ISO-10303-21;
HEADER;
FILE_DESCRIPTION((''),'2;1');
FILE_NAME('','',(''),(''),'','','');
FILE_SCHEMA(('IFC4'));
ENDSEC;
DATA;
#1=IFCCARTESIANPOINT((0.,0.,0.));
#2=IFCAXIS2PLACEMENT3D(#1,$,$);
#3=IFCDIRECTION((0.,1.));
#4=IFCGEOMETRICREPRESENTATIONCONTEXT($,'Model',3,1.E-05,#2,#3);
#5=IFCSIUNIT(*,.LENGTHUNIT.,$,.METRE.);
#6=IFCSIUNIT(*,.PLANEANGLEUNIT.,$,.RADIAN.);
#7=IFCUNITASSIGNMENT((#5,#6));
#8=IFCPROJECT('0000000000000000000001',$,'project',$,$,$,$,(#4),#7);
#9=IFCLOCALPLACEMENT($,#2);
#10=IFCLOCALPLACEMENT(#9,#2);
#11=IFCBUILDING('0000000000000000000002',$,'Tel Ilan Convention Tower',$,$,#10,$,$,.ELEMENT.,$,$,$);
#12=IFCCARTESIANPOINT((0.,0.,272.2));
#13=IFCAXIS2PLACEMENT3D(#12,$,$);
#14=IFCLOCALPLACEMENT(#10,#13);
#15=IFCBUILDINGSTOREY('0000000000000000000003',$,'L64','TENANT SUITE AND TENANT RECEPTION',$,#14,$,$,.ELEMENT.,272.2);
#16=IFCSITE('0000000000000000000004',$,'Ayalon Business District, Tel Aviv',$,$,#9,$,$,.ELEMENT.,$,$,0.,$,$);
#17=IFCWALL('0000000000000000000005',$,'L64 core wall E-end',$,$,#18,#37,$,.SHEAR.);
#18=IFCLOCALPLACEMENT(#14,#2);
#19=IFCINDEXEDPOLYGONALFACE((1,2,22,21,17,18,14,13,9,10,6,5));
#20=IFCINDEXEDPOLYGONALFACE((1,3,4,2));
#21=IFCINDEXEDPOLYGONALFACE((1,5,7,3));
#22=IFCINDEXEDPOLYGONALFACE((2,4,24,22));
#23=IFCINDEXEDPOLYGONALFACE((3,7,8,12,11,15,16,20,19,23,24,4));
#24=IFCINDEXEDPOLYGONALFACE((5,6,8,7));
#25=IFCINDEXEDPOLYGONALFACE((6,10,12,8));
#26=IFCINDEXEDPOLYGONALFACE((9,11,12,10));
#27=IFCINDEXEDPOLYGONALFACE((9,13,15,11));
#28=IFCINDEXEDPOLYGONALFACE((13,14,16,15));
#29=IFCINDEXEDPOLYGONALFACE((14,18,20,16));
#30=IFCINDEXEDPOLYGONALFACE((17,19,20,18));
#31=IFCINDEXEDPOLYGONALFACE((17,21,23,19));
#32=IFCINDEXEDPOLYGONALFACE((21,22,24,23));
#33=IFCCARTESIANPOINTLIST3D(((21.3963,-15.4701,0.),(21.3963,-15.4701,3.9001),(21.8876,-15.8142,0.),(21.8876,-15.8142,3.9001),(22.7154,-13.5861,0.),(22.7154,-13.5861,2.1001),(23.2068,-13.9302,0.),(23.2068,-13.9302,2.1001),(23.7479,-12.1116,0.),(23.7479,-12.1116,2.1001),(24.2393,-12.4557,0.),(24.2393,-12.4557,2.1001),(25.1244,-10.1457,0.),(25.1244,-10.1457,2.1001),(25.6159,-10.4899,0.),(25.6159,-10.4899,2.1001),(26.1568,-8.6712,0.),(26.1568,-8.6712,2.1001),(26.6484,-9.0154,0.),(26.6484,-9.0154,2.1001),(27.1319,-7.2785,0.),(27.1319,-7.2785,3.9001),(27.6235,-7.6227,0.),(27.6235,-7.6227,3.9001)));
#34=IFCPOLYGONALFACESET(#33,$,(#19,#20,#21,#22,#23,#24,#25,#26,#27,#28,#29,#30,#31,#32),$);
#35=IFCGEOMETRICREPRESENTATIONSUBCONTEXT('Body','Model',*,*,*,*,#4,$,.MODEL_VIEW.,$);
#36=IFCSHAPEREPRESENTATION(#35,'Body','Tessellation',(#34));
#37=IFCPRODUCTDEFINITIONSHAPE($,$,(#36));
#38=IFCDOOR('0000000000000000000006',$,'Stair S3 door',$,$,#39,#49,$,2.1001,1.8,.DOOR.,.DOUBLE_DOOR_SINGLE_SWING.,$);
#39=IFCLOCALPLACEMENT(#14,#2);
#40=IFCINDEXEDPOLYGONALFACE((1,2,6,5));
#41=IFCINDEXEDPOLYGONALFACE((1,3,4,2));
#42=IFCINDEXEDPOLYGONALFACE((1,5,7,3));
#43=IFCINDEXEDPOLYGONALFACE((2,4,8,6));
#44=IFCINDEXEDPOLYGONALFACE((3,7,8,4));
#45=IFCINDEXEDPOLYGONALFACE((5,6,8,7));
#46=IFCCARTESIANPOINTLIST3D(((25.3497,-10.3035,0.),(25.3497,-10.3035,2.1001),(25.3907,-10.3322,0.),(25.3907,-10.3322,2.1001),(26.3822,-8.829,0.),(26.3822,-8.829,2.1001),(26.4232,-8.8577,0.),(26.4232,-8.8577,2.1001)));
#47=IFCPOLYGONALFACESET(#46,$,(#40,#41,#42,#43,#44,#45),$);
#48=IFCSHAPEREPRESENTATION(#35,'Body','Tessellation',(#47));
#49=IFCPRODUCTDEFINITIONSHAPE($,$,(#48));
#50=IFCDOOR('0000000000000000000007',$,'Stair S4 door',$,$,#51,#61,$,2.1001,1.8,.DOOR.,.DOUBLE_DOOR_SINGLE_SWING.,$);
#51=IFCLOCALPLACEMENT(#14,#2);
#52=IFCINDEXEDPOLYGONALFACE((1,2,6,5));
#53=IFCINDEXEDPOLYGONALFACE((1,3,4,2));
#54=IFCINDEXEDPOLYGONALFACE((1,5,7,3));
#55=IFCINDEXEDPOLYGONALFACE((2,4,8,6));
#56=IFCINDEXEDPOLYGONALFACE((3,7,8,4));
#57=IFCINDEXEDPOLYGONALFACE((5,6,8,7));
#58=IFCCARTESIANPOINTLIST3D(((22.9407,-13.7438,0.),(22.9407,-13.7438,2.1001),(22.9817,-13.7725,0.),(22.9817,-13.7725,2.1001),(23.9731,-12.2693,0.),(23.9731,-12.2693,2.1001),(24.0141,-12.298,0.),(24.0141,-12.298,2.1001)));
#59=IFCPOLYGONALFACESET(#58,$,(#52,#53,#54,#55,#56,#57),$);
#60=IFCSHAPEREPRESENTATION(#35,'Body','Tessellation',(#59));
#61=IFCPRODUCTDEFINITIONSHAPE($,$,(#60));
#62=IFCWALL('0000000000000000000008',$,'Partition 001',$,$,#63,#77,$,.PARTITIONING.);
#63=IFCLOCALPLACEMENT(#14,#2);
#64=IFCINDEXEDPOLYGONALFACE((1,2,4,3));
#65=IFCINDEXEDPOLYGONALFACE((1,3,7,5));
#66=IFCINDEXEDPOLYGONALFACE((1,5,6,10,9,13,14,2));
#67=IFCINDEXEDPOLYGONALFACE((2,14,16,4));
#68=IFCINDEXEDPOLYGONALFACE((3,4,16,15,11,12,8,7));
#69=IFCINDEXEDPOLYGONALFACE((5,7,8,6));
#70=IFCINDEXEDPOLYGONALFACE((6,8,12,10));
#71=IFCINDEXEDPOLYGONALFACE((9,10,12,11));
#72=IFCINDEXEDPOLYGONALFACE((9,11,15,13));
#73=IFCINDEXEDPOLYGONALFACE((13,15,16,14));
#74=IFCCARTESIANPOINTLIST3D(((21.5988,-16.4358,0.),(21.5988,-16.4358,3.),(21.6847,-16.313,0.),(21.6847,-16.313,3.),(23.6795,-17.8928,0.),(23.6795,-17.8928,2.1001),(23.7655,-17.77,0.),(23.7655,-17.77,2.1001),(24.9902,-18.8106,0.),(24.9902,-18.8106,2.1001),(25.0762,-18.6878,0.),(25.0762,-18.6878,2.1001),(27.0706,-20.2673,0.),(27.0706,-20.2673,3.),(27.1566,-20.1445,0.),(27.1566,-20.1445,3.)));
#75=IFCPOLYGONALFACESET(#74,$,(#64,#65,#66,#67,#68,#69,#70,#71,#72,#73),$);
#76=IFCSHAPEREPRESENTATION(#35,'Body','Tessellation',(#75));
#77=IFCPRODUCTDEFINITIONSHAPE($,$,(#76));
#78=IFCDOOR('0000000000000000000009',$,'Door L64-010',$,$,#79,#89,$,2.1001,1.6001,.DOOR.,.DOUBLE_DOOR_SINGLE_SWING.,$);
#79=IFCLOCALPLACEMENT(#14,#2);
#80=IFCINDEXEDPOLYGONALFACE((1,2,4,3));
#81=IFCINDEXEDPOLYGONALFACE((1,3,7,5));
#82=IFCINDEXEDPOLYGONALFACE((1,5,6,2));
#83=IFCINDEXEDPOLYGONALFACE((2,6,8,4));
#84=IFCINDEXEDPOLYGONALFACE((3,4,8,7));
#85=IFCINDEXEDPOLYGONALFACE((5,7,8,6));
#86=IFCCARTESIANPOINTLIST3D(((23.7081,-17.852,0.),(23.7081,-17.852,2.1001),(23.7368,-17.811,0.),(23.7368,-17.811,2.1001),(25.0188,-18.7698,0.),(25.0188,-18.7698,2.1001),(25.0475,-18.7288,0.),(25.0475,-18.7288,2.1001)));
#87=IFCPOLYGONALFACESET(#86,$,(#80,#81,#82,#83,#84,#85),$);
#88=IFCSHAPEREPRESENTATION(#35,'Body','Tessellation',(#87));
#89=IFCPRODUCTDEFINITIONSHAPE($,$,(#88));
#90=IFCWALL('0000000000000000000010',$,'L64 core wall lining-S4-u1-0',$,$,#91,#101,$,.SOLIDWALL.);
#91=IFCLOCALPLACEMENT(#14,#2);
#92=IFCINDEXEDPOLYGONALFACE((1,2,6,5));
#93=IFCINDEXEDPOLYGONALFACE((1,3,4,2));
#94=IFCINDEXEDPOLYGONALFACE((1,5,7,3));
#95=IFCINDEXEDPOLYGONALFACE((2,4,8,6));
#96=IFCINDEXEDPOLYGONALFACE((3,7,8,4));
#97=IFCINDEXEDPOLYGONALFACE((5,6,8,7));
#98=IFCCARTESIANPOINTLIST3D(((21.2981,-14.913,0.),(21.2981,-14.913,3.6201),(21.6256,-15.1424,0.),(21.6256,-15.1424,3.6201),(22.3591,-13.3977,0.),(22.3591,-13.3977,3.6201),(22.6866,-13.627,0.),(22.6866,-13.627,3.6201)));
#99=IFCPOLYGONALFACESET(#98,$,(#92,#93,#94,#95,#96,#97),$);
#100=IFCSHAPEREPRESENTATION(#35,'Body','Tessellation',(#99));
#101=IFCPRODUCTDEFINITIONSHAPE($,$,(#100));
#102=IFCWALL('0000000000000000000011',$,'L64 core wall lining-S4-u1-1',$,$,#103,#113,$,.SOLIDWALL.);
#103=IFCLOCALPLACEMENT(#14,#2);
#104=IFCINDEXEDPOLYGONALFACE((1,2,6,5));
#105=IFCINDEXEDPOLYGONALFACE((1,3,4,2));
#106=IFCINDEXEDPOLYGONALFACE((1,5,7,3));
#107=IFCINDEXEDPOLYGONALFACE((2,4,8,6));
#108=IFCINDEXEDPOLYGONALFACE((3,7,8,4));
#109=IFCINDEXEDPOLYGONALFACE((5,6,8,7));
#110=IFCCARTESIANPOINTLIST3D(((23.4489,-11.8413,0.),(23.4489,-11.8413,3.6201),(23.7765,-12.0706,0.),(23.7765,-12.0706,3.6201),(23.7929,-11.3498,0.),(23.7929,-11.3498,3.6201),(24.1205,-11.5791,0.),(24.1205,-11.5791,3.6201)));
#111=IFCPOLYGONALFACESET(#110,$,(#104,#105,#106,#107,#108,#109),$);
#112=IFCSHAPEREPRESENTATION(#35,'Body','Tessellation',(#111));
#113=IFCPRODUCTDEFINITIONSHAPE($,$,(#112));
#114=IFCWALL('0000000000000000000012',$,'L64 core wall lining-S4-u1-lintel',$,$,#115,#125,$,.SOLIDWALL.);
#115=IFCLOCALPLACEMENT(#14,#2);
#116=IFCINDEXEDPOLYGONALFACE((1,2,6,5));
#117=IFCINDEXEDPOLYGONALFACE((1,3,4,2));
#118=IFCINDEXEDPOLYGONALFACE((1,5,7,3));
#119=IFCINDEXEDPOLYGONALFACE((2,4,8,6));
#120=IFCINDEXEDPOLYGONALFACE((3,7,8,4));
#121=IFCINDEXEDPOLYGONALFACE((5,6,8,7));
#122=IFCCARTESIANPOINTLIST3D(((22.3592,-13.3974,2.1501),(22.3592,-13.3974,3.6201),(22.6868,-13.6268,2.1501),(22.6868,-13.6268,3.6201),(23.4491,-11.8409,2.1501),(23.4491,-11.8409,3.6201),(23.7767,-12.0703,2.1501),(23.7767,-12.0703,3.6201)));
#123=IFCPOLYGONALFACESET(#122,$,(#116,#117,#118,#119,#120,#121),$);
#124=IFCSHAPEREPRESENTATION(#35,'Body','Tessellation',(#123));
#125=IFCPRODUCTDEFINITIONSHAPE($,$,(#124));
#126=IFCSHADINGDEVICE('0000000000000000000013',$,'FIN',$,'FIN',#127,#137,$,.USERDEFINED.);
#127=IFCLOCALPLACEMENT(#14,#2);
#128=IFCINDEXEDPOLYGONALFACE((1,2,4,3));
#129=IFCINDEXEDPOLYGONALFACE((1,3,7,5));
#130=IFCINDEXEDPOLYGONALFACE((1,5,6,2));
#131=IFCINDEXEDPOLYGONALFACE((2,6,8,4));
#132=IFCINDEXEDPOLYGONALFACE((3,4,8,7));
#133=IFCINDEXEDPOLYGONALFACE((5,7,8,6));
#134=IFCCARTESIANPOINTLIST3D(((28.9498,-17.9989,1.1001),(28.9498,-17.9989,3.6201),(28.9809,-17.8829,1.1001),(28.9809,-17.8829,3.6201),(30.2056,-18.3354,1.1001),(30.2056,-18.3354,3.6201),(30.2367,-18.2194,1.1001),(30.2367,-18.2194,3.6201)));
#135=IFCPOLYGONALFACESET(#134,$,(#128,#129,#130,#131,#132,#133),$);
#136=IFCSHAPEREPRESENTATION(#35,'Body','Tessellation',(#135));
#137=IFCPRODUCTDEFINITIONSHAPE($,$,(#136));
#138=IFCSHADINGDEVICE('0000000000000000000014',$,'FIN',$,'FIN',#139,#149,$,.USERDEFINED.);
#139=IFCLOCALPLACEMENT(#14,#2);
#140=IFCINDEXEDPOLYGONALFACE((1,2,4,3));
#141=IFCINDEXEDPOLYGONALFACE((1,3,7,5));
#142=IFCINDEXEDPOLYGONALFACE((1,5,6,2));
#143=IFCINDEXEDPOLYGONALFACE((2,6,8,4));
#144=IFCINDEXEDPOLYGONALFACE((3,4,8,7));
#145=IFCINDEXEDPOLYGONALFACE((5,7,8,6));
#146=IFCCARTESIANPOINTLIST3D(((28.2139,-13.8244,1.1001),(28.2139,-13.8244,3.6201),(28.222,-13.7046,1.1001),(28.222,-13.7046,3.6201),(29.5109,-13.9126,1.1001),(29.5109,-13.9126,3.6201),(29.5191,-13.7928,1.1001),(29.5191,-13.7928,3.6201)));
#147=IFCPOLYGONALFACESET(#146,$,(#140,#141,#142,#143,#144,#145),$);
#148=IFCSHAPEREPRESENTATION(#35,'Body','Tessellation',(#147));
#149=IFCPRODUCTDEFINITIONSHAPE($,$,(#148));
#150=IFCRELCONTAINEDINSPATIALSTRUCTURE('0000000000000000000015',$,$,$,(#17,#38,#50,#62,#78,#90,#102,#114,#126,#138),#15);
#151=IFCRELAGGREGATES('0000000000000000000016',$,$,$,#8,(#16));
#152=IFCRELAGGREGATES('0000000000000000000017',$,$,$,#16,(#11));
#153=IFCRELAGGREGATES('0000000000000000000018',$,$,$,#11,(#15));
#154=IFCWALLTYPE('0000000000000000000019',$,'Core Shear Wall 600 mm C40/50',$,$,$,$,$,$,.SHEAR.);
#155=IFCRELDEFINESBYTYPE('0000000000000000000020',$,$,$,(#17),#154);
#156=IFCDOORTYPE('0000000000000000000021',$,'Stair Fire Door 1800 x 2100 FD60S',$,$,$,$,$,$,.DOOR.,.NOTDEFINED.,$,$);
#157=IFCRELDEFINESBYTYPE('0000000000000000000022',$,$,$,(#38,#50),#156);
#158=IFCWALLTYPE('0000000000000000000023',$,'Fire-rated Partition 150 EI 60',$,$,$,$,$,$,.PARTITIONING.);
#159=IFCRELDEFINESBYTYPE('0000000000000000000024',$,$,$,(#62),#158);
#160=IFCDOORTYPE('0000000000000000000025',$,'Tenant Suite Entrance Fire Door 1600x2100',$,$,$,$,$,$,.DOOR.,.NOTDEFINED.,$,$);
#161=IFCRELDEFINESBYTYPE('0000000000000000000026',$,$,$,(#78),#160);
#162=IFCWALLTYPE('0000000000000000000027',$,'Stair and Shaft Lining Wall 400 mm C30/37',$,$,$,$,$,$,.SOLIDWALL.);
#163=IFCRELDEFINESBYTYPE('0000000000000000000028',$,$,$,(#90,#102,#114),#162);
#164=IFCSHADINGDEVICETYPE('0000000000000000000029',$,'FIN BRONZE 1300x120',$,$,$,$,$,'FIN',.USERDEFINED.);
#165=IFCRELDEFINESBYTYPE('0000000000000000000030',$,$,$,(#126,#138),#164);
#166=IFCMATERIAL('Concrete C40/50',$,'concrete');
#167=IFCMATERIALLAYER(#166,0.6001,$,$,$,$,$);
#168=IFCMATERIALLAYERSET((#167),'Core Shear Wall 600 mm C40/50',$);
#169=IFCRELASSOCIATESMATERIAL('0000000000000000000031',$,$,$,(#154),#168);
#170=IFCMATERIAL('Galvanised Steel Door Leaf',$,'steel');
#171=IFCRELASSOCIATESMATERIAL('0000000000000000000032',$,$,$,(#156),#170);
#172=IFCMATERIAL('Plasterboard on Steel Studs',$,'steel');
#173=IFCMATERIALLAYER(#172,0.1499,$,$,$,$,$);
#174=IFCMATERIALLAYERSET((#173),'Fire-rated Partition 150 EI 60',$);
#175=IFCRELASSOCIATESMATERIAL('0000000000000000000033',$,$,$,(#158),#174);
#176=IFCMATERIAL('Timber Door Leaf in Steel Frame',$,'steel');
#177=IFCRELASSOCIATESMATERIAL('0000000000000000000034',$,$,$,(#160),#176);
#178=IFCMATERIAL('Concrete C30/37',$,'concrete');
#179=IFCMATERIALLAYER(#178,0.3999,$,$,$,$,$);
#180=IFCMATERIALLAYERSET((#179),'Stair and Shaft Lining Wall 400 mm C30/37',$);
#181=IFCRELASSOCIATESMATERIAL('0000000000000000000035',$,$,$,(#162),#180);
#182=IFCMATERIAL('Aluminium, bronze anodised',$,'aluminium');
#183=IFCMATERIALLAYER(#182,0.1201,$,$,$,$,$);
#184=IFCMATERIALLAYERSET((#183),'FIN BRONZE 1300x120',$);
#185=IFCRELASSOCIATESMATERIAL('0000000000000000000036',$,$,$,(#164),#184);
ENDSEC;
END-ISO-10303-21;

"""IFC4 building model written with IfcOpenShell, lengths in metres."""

from ifc_helpers import new_model, si_unit, direction, frame, frame_2d, origin, origin_2d, place, context, subcontext, project, spatial, polyline, rectangle, outline, extrude, material, layer, layer_set, type_object, element, fill, save


model = new_model("IFC4")

# Units and contexts
model_context = context("Model", 3, precision=1e-05, world=origin(), true_north=direction((0.0, 1.0)))
body_context = subcontext(model_context, "Body", "Model", "MODEL_VIEW")
ifc_project = project(units=[si_unit("LENGTHUNIT", "METRE"), si_unit("PLANEANGLEUNIT", "RADIAN")], contexts=[model_context])

# Site, building, storey
site_placement = place(None, origin())
site = spatial("IfcSite", under=ifc_project, at=site_placement, Name="Ayalon Business District, Tel Aviv", CompositionType="ELEMENT", RefElevation=0.0)
building_placement = place(site_placement, origin())
building = spatial("IfcBuilding", under=site, at=building_placement, Name="Tel Ilan Convention Tower", CompositionType="ELEMENT")
storey_placement = place(building_placement, frame((0.0, 0.0, 272.2)))
storey = spatial("IfcBuildingStorey", under=building, at=storey_placement, Name="L64", Description="TENANT SUITE AND TENANT RECEPTION", CompositionType="ELEMENT", Elevation=272.2)

# Wall, openings, doors
ifc_material_1 = material(Name="Concrete C40/50", Category="concrete")
ifc_layer_1 = layer(ifc_material_1, 0.6001)
ifc_layer_set_1 = layer_set([ifc_layer_1], Name="Core Shear Wall 600 mm C40/50")
wall_type_1 = type_object("IfcWallType", Name="Core Shear Wall 600 mm C40/50", PredefinedType="SHEAR", material=ifc_layer_set_1)
wall_1_placement = place(storey_placement, frame((21.6418, -15.6421, 0.0), z_axis=(0.0, 0.0, 1.0), x_axis=(0.573587, 0.819145, 0.0)))
wall_1 = element("IfcWall", 1, at=wall_1_placement, inside=storey, type_object=wall_type_1, Name="L64 core wall E-end", PredefinedType="SHEAR", context=body_context, shape_type="SweptSolid", body=[
    extrude(outline(polyline([(10.0, 0.3), (0.0, 0.2998), (0.0, -0.3), (10.0, -0.3), (10.0, 0.3)])), origin(), (0.0, 0.0, 1.0), 3.9001),
])
opening_1_placement = place(wall_1_placement, frame((6.5, 0.0, 0.0)))
opening_1 = element("IfcOpeningElement", 2, at=opening_1_placement, cuts=wall_1, PredefinedType="OPENING", context=body_context, shape_type="SweptSolid", body=[
    extrude(rectangle(XDim=1.8, YDim=2.1001, at=frame_2d((0.8999, 1.05))), frame((0.0, 0.3101, 0.0), z_axis=(0.0, -1.0, 0.0), x_axis=(1.0, 0.0, 0.0)), (0.0, 0.0, 1.0), 0.6201),
])
opening_2_placement = place(wall_1_placement, frame((2.3, 0.0, 0.0)))
opening_2 = element("IfcOpeningElement", 3, at=opening_2_placement, cuts=wall_1, PredefinedType="OPENING", context=body_context, shape_type="SweptSolid", body=[
    extrude(rectangle(XDim=1.8, YDim=2.1001, at=frame_2d((0.8999, 1.05))), frame((0.0, 0.3101, 0.0), z_axis=(0.0, -1.0, 0.0), x_axis=(1.0, 0.0, 0.0)), (0.0, 0.0, 1.0), 0.6201),
])
ifc_material_2 = material(Name="Galvanised Steel Door Leaf", Category="steel")
door_type_1 = type_object("IfcDoorType", Name="Stair Fire Door 1800 x 2100 FD60S", OperationType="NOTDEFINED", PredefinedType="DOOR", material=ifc_material_2)
door_1_placement = place(opening_1_placement, origin())
door_1 = element("IfcDoor", 4, at=door_1_placement, inside=storey, type_object=door_type_1, Name="Stair S3 door", OperationType="DOUBLE_DOOR_SINGLE_SWING", OverallHeight=2.1001, OverallWidth=1.8, PredefinedType="DOOR", context=body_context, shape_type="SweptSolid", body=[
    extrude(rectangle(XDim=1.8, YDim=2.1001, at=frame_2d((0.8999, 1.05))), frame((0.0, 0.0249, 0.0), z_axis=(0.0, -1.0, 0.0), x_axis=(1.0, 0.0, 0.0)), (0.0, 0.0, 1.0), 0.05),
])
fill(opening_1, door_1)
door_2_placement = place(opening_2_placement, origin())
door_2 = element("IfcDoor", 5, at=door_2_placement, inside=storey, type_object=door_type_1, Name="Stair S4 door", OperationType="DOUBLE_DOOR_SINGLE_SWING", OverallHeight=2.1001, OverallWidth=1.8, PredefinedType="DOOR", context=body_context, shape_type="SweptSolid", body=[
    extrude(rectangle(XDim=1.8, YDim=2.1001, at=frame_2d((0.8999, 1.05))), frame((0.0, 0.0249, 0.0), z_axis=(0.0, -1.0, 0.0), x_axis=(1.0, 0.0, 0.0)), (0.0, 0.0, 1.0), 0.05),
])
fill(opening_2, door_2)

# Wall, opening, door
ifc_material_3 = material(Name="Plasterboard on Steel Studs", Category="steel")
ifc_layer_2 = layer(ifc_material_3, 0.1499)
ifc_layer_set_2 = layer_set([ifc_layer_2], Name="Fire-rated Partition 150 EI 60")
wall_type_2 = type_object("IfcWallType", Name="Fire-rated Partition 150 EI 60", PredefinedType="PARTITIONING", material=ifc_layer_set_2)
wall_2_placement = place(storey_placement, frame((21.6418, -16.3745, 0.0), z_axis=(0.0, 0.0, 1.0), x_axis=(0.819148, -0.573583, 0.0)))
wall_2 = element("IfcWall", 6, at=wall_2_placement, inside=storey, type_object=wall_type_2, Name="Partition 001", PredefinedType="PARTITIONING", context=body_context, shape_type="SweptSolid", body=[
    extrude(rectangle(XDim=6.6799, YDim=0.1499, at=frame_2d((3.3398, 0.0))), origin(), (0.0, 0.0, 1.0), 3.0),
])
opening_3_placement = place(wall_2_placement, frame((2.54, 0.0, 0.0)))
opening_3 = element("IfcOpeningElement", 7, at=opening_3_placement, cuts=wall_2, PredefinedType="OPENING", context=body_context, shape_type="SweptSolid", body=[
    extrude(rectangle(XDim=1.6001, YDim=2.1001, at=frame_2d((0.8, 1.05))), frame((0.0, 0.085, 0.0), z_axis=(0.0, -1.0, 0.0), x_axis=(1.0, 0.0, 0.0)), (0.0, 0.0, 1.0), 0.1699),
])
ifc_material_4 = material(Name="Timber Door Leaf in Steel Frame", Category="steel")
door_type_2 = type_object("IfcDoorType", Name="Tenant Suite Entrance Fire Door 1600x2100", OperationType="NOTDEFINED", PredefinedType="DOOR", material=ifc_material_4)
door_3_placement = place(opening_3_placement, origin())
door_3 = element("IfcDoor", 8, at=door_3_placement, inside=storey, type_object=door_type_2, Name="Door L64-010", OperationType="DOUBLE_DOOR_SINGLE_SWING", OverallHeight=2.1001, OverallWidth=1.6001, PredefinedType="DOOR", context=body_context, shape_type="SweptSolid", body=[
    extrude(rectangle(XDim=1.6001, YDim=2.1001, at=frame_2d((0.8, 1.05))), frame((0.0, 0.0249, 0.0), z_axis=(0.0, -1.0, 0.0), x_axis=(1.0, 0.0, 0.0)), (0.0, 0.0, 1.0), 0.05),
])
fill(opening_3, door_3)

# Walls
ifc_material_5 = material(Name="Concrete C30/37", Category="concrete")
ifc_layer_3 = layer(ifc_material_5, 0.3999)
ifc_layer_set_3 = layer_set([ifc_layer_3], Name="Stair and Shaft Lining Wall 400 mm C30/37")
wall_type_3 = type_object("IfcWallType", Name="Stair and Shaft Lining Wall 400 mm C30/37", PredefinedType="SOLIDWALL", material=ifc_layer_set_3)
wall_3_placement = place(storey_placement, frame((21.4619, -15.0276, 0.0), z_axis=(0.0, 0.0, 1.0), x_axis=(0.57356, 0.819164, 0.0)))
element("IfcWall", 9, at=wall_3_placement, inside=storey, type_object=wall_type_3, Name="L64 core wall lining-S4-u1-0", PredefinedType="SOLIDWALL", context=body_context, shape_type="SweptSolid", body=[
    extrude(rectangle(XDim=1.8499, YDim=0.3999, at=frame_2d((0.9248, 0.0))), origin(), (0.0, 0.0, 1.0), 3.6201),
])
wall_4_placement = place(storey_placement, frame((23.6128, -11.9558, 0.0), z_axis=(0.0, 0.0, 1.0), x_axis=(0.573435, 0.819251, 0.0)))
element("IfcWall", 10, at=wall_4_placement, inside=storey, type_object=wall_type_3, Name="L64 core wall lining-S4-u1-1", PredefinedType="SOLIDWALL", context=body_context, shape_type="SweptSolid", body=[
    extrude(rectangle(XDim=0.5999, YDim=0.3999, at=frame_2d((0.2998, 0.0))), origin(), (0.0, 0.0, 1.0), 3.6201),
])
wall_5_placement = place(storey_placement, frame((22.5229, -13.5122, 2.1501), z_axis=(0.0, 0.0, 1.0), x_axis=(0.573592, 0.819141, 0.0)))
element("IfcWall", 11, at=wall_5_placement, inside=storey, type_object=wall_type_3, Name="L64 core wall lining-S4-u1-lintel", PredefinedType="SOLIDWALL", context=body_context, shape_type="SweptSolid", body=[
    extrude(rectangle(XDim=1.9001, YDim=0.3999, at=frame_2d((0.9502, 0.0))), origin(), (0.0, 0.0, 1.0), 1.47),
])

# Shading devices
ifc_material_6 = material(Name="Aluminium, bronze anodised", Category="aluminium")
ifc_layer_4 = layer(ifc_material_6, 0.1201)
ifc_layer_set_4 = layer_set([ifc_layer_4], Name="FIN BRONZE 1300x120")
shading_device_type = type_object("IfcShadingDeviceType", Name="FIN BRONZE 1300x120", ElementType="FIN", PredefinedType="USERDEFINED", material=ifc_layer_set_4)
for number, where, z_axis, x_axis, name in (
    (12, (29.5933, -18.1091, 1.1001), (0.0, 0.0, 1.0), (0.965926, -0.258819, 0.0), "FIN"),
    (13, (28.8665, -13.8086, 1.1001), (0.0, 0.0, 1.0), (0.997697, -0.067822, 0.0), "FIN"),
):
    element("IfcShadingDevice", number, at=place(storey_placement, frame(where, z_axis=z_axis, x_axis=x_axis)), inside=storey, type_object=shading_device_type, Name=name, ObjectType="FIN", PredefinedType="USERDEFINED", context=body_context, shape_type="SweptSolid", body=[
        extrude(rectangle(XDim=1.3, YDim=0.1201, at=origin_2d()), origin(), (0.0, 0.0, 1.0), 2.52),
    ])

save(model, "model.ifc")
